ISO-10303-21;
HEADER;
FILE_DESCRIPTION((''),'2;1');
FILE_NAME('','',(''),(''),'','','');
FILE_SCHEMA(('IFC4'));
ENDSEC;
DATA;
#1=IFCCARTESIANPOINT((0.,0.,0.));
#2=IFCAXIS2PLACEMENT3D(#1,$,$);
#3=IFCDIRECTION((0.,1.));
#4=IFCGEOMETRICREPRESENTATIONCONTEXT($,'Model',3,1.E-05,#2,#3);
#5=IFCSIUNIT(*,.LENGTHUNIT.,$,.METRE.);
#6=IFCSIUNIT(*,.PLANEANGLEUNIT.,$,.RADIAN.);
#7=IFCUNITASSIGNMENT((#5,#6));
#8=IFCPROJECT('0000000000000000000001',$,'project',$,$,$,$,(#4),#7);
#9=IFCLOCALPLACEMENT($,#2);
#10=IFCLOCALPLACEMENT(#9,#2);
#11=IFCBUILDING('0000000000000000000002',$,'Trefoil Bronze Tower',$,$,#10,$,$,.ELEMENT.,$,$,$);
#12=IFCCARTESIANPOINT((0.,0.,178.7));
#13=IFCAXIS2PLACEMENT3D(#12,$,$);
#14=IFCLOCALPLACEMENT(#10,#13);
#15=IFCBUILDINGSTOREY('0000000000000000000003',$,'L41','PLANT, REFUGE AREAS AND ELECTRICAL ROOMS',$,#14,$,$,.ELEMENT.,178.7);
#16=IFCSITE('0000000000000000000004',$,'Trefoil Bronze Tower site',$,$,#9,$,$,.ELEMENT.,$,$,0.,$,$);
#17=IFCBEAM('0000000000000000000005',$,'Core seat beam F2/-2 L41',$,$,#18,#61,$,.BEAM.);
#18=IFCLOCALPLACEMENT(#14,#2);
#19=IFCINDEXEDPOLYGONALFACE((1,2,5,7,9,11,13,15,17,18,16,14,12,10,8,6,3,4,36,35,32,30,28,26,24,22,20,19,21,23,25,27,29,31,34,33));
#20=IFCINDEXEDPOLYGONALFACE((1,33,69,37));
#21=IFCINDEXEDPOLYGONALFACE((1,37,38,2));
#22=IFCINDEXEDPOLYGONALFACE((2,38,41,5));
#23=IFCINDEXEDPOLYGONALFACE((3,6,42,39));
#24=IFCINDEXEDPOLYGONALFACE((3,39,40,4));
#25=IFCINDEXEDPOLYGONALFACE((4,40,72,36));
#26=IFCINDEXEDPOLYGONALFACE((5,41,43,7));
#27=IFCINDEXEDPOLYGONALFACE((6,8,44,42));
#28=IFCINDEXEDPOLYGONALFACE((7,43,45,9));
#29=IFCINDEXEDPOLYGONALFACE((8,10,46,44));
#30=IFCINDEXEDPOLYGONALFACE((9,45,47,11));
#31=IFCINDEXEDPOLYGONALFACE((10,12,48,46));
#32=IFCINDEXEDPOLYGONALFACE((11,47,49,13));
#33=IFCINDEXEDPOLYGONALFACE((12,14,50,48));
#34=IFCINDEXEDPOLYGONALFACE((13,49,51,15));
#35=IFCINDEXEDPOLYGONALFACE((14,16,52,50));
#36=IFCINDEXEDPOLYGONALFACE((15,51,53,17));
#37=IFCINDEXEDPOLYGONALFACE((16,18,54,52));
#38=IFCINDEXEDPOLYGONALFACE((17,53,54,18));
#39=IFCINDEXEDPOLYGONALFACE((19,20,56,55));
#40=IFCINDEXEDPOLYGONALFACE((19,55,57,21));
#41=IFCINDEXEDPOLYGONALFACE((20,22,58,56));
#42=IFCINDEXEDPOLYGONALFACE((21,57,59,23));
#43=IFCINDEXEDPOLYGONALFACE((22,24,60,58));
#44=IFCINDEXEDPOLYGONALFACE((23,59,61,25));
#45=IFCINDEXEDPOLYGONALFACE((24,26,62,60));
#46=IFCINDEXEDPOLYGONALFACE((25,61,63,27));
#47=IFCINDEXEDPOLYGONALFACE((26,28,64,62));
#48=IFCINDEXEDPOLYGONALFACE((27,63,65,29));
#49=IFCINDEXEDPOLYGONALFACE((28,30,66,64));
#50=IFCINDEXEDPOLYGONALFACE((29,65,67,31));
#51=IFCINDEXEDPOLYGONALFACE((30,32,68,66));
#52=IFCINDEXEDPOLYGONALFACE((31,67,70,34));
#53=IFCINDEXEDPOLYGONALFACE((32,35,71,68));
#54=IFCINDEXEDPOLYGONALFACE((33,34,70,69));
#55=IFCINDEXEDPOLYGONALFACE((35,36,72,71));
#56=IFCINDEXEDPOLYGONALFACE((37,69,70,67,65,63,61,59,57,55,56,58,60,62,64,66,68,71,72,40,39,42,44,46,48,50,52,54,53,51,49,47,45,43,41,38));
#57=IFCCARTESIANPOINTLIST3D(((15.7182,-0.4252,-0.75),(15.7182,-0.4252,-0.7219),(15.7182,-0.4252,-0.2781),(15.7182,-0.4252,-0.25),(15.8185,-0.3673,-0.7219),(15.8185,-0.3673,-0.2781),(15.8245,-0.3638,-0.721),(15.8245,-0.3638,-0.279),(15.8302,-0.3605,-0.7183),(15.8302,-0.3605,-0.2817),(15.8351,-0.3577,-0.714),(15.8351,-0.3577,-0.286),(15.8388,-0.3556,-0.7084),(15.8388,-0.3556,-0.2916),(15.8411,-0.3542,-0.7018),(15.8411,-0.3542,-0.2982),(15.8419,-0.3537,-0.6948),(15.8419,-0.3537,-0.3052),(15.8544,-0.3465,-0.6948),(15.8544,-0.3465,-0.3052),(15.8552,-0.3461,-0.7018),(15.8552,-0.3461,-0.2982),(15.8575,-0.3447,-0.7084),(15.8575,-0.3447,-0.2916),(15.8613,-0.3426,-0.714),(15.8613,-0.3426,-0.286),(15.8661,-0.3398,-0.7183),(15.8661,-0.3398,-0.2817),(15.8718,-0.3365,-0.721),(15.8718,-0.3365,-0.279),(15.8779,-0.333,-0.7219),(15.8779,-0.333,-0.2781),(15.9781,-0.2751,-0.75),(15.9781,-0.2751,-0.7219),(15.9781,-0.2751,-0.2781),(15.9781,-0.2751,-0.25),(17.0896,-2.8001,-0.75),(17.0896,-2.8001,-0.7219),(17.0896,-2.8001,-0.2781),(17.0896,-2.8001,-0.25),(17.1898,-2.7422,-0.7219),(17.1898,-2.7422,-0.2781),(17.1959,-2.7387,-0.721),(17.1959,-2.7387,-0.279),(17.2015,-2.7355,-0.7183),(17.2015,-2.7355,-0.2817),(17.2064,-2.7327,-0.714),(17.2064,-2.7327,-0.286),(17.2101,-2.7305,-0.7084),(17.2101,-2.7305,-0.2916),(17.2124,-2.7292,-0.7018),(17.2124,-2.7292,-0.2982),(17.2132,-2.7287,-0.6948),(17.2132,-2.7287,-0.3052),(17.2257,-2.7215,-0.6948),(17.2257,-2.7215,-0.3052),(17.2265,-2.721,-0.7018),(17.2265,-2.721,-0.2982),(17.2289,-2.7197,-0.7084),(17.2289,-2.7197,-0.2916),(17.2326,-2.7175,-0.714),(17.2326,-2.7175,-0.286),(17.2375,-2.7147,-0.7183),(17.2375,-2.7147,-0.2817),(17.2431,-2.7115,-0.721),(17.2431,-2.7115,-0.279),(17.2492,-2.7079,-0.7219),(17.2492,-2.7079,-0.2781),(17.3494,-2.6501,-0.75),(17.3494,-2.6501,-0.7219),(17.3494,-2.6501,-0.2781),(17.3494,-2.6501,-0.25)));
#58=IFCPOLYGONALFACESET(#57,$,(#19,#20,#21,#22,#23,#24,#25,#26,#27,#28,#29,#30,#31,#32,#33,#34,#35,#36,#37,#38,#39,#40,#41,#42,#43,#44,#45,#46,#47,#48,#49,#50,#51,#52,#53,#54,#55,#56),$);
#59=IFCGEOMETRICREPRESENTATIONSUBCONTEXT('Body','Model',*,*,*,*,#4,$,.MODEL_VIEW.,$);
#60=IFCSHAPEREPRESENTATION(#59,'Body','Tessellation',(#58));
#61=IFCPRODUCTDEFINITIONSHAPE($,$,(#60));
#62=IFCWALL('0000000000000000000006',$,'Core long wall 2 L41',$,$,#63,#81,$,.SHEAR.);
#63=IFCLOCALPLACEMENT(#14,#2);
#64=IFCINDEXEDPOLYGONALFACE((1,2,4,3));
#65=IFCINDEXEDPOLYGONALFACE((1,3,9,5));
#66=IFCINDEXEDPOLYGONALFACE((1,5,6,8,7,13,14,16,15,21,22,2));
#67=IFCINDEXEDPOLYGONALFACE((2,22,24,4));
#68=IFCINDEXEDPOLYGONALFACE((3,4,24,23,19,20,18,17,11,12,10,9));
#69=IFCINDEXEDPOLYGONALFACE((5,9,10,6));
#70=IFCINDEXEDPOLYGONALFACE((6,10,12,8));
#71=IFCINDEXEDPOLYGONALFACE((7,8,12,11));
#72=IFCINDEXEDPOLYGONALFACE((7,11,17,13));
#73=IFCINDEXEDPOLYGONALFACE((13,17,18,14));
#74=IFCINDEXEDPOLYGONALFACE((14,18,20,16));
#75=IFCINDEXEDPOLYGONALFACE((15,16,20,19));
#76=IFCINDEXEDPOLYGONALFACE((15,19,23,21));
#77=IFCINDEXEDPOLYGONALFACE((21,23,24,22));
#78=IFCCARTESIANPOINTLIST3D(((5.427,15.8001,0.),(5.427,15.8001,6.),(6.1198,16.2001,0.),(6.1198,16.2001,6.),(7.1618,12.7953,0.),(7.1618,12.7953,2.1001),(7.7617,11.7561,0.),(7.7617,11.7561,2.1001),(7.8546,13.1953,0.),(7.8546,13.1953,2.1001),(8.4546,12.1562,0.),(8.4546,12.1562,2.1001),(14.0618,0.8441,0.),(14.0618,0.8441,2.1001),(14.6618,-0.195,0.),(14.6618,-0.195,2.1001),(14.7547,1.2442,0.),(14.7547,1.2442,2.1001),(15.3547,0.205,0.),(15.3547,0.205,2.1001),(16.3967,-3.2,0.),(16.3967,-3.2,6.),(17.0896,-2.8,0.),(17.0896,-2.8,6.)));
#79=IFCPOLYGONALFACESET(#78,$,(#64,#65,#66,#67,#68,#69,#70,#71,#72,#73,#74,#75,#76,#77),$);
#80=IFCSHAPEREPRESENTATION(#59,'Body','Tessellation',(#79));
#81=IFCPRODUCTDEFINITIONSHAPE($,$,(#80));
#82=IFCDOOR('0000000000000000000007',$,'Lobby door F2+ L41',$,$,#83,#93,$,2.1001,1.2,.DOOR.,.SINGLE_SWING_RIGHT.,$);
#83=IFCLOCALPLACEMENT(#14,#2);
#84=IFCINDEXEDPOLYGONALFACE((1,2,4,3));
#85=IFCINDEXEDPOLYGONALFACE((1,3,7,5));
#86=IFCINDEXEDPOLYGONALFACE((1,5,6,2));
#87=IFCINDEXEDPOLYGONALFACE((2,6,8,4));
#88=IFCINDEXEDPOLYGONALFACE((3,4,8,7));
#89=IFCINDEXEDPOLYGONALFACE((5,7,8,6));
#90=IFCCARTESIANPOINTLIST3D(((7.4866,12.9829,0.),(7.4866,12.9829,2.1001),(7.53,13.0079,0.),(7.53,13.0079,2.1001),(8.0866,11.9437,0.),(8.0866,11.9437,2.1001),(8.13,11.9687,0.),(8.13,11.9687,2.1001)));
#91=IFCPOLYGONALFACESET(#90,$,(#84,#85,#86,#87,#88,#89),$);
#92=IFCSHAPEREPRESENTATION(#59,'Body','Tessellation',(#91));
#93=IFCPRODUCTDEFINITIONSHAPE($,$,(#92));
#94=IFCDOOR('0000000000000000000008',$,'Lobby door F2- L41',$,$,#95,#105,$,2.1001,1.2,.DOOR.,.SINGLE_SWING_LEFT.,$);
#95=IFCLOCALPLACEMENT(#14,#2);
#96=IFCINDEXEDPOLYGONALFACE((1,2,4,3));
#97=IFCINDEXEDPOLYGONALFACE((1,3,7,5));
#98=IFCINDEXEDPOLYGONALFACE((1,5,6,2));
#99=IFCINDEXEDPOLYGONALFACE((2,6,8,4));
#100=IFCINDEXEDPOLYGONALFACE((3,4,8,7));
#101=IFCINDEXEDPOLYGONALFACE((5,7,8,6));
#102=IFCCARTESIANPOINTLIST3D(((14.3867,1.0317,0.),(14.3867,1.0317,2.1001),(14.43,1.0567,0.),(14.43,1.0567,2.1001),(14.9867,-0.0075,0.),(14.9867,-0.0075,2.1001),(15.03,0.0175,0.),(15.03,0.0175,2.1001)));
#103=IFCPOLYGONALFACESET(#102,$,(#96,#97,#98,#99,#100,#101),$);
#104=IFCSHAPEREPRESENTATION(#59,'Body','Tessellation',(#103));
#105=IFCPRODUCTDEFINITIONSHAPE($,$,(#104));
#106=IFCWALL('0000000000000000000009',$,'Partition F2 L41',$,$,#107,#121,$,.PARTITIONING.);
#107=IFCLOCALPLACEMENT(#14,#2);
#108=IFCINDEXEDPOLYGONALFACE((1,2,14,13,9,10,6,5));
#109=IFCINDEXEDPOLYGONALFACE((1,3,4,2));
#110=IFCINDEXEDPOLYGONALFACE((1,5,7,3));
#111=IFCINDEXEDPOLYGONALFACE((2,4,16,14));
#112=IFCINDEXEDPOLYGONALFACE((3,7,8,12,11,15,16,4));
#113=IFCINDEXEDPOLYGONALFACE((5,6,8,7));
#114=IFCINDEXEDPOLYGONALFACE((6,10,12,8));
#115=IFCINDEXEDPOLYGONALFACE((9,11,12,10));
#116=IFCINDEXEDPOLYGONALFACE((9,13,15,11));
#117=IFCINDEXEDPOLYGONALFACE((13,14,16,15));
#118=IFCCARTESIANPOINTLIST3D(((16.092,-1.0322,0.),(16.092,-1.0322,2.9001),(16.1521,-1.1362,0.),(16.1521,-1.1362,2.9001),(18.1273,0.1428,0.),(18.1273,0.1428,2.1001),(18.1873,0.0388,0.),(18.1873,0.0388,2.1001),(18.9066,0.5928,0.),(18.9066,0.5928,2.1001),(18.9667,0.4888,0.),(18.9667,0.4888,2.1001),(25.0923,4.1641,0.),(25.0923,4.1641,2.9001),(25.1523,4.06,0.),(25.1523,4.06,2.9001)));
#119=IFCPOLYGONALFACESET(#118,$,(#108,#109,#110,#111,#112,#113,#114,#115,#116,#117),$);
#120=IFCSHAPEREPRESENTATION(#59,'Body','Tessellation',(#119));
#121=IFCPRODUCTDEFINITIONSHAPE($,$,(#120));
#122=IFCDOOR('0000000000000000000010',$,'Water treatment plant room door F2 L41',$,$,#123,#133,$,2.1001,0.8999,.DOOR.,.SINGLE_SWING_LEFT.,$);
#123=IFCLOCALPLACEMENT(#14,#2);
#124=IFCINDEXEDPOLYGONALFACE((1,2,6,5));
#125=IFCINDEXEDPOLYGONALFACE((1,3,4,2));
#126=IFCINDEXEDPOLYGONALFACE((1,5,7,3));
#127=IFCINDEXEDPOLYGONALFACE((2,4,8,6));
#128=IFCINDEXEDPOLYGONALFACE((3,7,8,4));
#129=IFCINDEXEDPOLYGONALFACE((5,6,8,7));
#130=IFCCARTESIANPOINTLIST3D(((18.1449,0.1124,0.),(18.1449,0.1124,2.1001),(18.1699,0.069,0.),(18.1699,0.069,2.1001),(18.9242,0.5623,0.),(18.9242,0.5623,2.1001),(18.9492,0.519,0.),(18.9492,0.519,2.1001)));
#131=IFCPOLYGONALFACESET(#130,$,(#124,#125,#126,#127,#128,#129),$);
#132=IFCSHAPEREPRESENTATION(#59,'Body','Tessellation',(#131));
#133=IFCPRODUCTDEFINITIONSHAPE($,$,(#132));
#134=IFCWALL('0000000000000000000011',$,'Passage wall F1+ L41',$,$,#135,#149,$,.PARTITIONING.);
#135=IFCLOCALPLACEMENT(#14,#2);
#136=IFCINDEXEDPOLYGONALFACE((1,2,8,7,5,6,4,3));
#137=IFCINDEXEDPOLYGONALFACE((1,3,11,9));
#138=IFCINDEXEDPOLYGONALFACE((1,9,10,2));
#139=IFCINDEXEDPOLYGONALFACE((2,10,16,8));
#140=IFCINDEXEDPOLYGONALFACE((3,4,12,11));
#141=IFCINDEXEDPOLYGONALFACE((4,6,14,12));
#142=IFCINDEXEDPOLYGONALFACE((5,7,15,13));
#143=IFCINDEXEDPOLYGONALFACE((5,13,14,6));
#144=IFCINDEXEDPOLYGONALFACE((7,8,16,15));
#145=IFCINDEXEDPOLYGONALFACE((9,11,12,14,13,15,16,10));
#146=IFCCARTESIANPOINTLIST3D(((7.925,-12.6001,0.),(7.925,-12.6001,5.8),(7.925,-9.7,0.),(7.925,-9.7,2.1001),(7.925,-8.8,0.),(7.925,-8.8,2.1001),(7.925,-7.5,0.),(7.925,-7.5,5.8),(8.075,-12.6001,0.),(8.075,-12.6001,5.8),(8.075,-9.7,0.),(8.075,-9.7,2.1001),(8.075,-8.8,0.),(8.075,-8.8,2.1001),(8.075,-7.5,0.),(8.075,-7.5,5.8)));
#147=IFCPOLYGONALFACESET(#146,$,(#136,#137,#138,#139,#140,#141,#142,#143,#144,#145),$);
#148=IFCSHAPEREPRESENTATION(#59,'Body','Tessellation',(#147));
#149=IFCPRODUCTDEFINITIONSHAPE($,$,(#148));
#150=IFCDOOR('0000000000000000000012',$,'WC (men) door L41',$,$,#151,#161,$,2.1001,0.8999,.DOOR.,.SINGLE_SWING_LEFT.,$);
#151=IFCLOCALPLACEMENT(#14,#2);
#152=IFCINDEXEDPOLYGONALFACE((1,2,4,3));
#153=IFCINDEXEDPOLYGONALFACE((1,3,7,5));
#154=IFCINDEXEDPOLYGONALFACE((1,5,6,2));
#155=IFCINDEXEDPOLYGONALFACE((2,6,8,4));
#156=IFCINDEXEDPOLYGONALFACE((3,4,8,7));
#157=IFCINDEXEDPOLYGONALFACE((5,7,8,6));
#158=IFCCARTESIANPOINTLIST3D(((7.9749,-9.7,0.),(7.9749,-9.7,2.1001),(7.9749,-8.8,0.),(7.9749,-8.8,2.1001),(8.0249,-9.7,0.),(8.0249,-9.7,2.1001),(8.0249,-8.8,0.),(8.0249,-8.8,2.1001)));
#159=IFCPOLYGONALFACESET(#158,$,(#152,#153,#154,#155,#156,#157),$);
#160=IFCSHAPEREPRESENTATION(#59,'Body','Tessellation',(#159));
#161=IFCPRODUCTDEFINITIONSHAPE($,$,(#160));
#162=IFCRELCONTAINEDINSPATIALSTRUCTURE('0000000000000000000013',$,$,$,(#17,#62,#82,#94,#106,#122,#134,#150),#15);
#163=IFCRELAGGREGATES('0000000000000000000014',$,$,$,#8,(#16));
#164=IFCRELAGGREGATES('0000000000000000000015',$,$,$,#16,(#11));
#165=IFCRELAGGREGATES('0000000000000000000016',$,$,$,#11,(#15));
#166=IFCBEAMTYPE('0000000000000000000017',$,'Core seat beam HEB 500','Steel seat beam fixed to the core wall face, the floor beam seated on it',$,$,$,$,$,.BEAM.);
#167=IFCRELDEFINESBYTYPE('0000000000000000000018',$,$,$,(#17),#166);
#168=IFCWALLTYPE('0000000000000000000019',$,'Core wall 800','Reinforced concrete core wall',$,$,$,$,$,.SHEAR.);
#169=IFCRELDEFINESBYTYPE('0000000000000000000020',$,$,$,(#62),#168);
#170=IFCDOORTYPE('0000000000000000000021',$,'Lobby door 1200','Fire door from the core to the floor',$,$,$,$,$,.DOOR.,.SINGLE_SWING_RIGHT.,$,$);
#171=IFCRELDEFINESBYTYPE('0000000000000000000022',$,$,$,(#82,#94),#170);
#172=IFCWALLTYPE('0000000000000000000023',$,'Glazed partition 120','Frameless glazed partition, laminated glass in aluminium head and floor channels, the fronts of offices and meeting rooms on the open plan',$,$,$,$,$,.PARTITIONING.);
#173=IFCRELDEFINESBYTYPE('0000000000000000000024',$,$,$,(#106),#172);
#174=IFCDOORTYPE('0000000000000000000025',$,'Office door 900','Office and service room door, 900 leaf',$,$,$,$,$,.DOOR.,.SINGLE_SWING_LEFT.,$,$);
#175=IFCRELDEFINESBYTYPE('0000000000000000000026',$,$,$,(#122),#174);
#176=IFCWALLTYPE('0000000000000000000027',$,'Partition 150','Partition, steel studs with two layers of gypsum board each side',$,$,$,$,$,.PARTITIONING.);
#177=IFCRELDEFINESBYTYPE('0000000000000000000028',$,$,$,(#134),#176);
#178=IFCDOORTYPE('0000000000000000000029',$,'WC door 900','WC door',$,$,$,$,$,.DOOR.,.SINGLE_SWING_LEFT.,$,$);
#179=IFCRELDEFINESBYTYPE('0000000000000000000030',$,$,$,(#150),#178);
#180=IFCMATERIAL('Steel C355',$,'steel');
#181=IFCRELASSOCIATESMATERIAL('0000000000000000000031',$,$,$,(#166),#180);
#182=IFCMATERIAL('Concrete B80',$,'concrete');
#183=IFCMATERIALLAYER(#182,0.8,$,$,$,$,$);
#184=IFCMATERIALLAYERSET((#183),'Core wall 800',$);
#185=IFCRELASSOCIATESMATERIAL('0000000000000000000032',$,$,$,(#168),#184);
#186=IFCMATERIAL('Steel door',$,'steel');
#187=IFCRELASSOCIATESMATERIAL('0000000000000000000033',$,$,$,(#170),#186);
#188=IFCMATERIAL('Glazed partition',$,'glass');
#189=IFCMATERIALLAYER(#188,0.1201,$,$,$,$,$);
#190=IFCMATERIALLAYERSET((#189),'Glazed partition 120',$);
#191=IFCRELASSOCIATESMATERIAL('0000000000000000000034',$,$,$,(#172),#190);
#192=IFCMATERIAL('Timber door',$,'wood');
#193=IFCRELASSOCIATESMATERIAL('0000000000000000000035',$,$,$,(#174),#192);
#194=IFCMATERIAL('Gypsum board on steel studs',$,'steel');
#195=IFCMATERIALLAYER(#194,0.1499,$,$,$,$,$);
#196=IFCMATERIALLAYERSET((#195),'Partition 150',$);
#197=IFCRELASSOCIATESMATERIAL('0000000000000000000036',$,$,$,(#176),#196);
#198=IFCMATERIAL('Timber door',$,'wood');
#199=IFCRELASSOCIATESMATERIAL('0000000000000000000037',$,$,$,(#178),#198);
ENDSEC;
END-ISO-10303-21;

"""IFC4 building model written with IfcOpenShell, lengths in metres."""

from ifc_helpers import new_model, si_unit, direction, frame, frame_2d, origin, origin_2d, place, context, subcontext, project, spatial, rectangle, i_section, extrude, material, layer, layer_set, material_profile, profile_set, type_object, element, fill, save


model = new_model("IFC4")

# Units and contexts
model_context = context("Model", 3, precision=1e-05, world=origin(), true_north=direction((0.0, 1.0)))
body_context = subcontext(model_context, "Body", "Model", "MODEL_VIEW")
ifc_project = project(units=[si_unit("LENGTHUNIT", "METRE"), si_unit("PLANEANGLEUNIT", "RADIAN")], contexts=[model_context])

# Site, building, storey
site_placement = place(None, origin())
site = spatial("IfcSite", under=ifc_project, at=site_placement, Name="Trefoil Bronze Tower site", CompositionType="ELEMENT", RefElevation=0.0)
building_placement = place(site_placement, origin())
building = spatial("IfcBuilding", under=site, at=building_placement, Name="Trefoil Bronze Tower", CompositionType="ELEMENT")
storey_placement = place(building_placement, frame((0.0, 0.0, 178.7)))
storey = spatial("IfcBuildingStorey", under=building, at=storey_placement, Name="L41", Description="PLANT, REFUGE AREAS AND ELECTRICAL ROOMS", CompositionType="ELEMENT", Elevation=178.7)

# Beam
ifc_material_1 = material(Name="Steel C355", Category="steel")
ifc_material_profile = material_profile(ifc_material_1, i_section(OverallWidth=0.3, OverallDepth=0.5, WebThickness=0.0144, FlangeThickness=0.0281, FilletRadius=0.0271, at=origin_2d()), Name="HEB 500")
ifc_profile_set = profile_set([ifc_material_profile], Name="Steel C355")
beam_type = type_object("IfcBeamType", Name="Core seat beam HEB 500", Description="Steel seat beam fixed to the core wall face, the floor beam seated on it", PredefinedType="BEAM", material=ifc_profile_set)
beam_placement = place(storey_placement, frame((17.2195, -2.7251, -0.5), z_axis=(-0.500036, 0.866005, 0.0), x_axis=(-0.866005, -0.500036, 0.0)))
element("IfcBeam", 1, at=beam_placement, inside=storey, type_object=beam_type, Name="Core seat beam F2/-2 L41", PredefinedType="BEAM", context=body_context, shape_type="SweptSolid", body=[
    extrude(i_section(OverallWidth=0.3, OverallDepth=0.5, WebThickness=0.0144, FlangeThickness=0.0281, FilletRadius=0.0271, at=origin_2d()), origin(), (0.0, 0.0, 1.0), 2.7424),
])

# Wall, openings, doors
ifc_material_2 = material(Name="Concrete B80", Category="concrete")
ifc_layer_1 = layer(ifc_material_2, 0.8)
ifc_layer_set_1 = layer_set([ifc_layer_1], Name="Core wall 800")
wall_type_1 = type_object("IfcWallType", Name="Core wall 800", Description="Reinforced concrete core wall", PredefinedType="SHEAR", material=ifc_layer_set_1)
wall_1_placement = place(storey_placement, frame((16.7432, -3.0, 0.0), z_axis=(0.0, 0.0, 1.0), x_axis=(-0.500002, 0.866024, 0.0)))
wall_1 = element("IfcWall", 2, at=wall_1_placement, inside=storey, type_object=wall_type_1, Name="Core long wall 2 L41", PredefinedType="SHEAR", context=body_context, shape_type="SweptSolid", body=[
    extrude(rectangle(XDim=21.9395, YDim=0.8, at=frame_2d((10.9697, 0.0))), origin(), (0.0, 0.0, 1.0), 6.0),
])
opening_1_placement = place(wall_1_placement, frame((17.2698, 0.0, 0.0)))
opening_1 = element("IfcOpeningElement", 3, at=opening_1_placement, cuts=wall_1, PredefinedType="OPENING", context=body_context, shape_type="SweptSolid", body=[
    extrude(rectangle(XDim=1.2, YDim=2.1001, at=frame_2d((0.6001, 1.05))), frame((0.0, 0.4099, 0.0), z_axis=(0.0, -1.0, 0.0), x_axis=(1.0, 0.0, 0.0)), (0.0, 0.0, 1.0), 0.8201),
])
opening_2_placement = place(wall_1_placement, frame((3.4697, 0.0, 0.0)))
opening_2 = element("IfcOpeningElement", 4, at=opening_2_placement, cuts=wall_1, PredefinedType="OPENING", context=body_context, shape_type="SweptSolid", body=[
    extrude(rectangle(XDim=1.2, YDim=2.1001, at=frame_2d((0.6001, 1.05))), frame((0.0, 0.4099, 0.0), z_axis=(0.0, -1.0, 0.0), x_axis=(1.0, 0.0, 0.0)), (0.0, 0.0, 1.0), 0.8201),
])
ifc_material_3 = material(Name="Steel door", Category="steel")
door_type_1 = type_object("IfcDoorType", Name="Lobby door 1200", Description="Fire door from the core to the floor", OperationType="SINGLE_SWING_RIGHT", PredefinedType="DOOR", material=ifc_material_3)
door_1_placement = place(opening_1_placement, origin())
door_1 = element("IfcDoor", 5, at=door_1_placement, inside=storey, type_object=door_type_1, Name="Lobby door F2+ L41", OperationType="SINGLE_SWING_RIGHT", OverallHeight=2.1001, OverallWidth=1.2, PredefinedType="DOOR", context=body_context, shape_type="SweptSolid", body=[
    extrude(rectangle(XDim=1.2, YDim=2.1001, at=frame_2d((0.6001, 1.05))), frame((0.0, 0.0249, 0.0), z_axis=(0.0, -1.0, 0.0), x_axis=(1.0, 0.0, 0.0)), (0.0, 0.0, 1.0), 0.05),
])
fill(opening_1, door_1)
door_2_placement = place(opening_2_placement, origin())
door_2 = element("IfcDoor", 6, at=door_2_placement, inside=storey, type_object=door_type_1, Name="Lobby door F2- L41", OperationType="SINGLE_SWING_LEFT", OverallHeight=2.1001, OverallWidth=1.2, PredefinedType="DOOR", context=body_context, shape_type="SweptSolid", body=[
    extrude(rectangle(XDim=1.2, YDim=2.1001, at=frame_2d((0.6001, 1.05))), frame((0.0, 0.0249, 0.0), z_axis=(0.0, -1.0, 0.0), x_axis=(1.0, 0.0, 0.0)), (0.0, 0.0, 1.0), 0.05),
])
fill(opening_2, door_2)

# Walls, openings, doors
ifc_material_4 = material(Name="Glazed partition", Category="glass")
ifc_layer_2 = layer(ifc_material_4, 0.1201)
ifc_layer_set_2 = layer_set([ifc_layer_2], Name="Glazed partition 120")
wall_type_2 = type_object("IfcWallType", Name="Glazed partition 120", Description="Frameless glazed partition, laminated glass in aluminium head and floor channels, the fronts of offices and meeting rooms on the open plan", PredefinedType="PARTITIONING", material=ifc_layer_set_2)
wall_2_placement = place(storey_placement, frame((16.1221, -1.0842, 0.0), z_axis=(0.0, 0.0, 1.0), x_axis=(0.866026, 0.5, 0.0)))
wall_2 = element("IfcWall", 7, at=wall_2_placement, inside=storey, type_object=wall_type_2, Name="Partition F2 L41", PredefinedType="PARTITIONING", context=body_context, shape_type="SweptSolid", body=[
    extrude(rectangle(XDim=10.3926, YDim=0.1201, at=frame_2d((5.1963, 0.0))), origin(), (0.0, 0.0, 1.0), 2.9001),
])
opening_3_placement = place(wall_2_placement, frame((2.3501, 0.0, 0.0)))
opening_3 = element("IfcOpeningElement", 8, at=opening_3_placement, cuts=wall_2, PredefinedType="OPENING", context=body_context, shape_type="SweptSolid", body=[
    extrude(rectangle(XDim=0.8999, YDim=2.1001, at=frame_2d((0.45, 1.05))), frame((0.0, 0.0701, 0.0), z_axis=(0.0, -1.0, 0.0), x_axis=(1.0, 0.0, 0.0)), (0.0, 0.0, 1.0), 0.1401),
])
ifc_material_5 = material(Name="Timber door", Category="wood")
door_type_2 = type_object("IfcDoorType", Name="Office door 900", Description="Office and service room door, 900 leaf", OperationType="SINGLE_SWING_LEFT", PredefinedType="DOOR", material=ifc_material_5)
door_3_placement = place(opening_3_placement, origin())
door_3 = element("IfcDoor", 9, at=door_3_placement, inside=storey, type_object=door_type_2, Name="Water treatment plant room door F2 L41", OperationType="SINGLE_SWING_LEFT", OverallHeight=2.1001, OverallWidth=0.8999, PredefinedType="DOOR", context=body_context, shape_type="SweptSolid", body=[
    extrude(rectangle(XDim=0.8999, YDim=2.1001, at=frame_2d((0.45, 1.05))), frame((0.0, 0.0249, 0.0), z_axis=(0.0, -1.0, 0.0), x_axis=(1.0, 0.0, 0.0)), (0.0, 0.0, 1.0), 0.05),
])
fill(opening_3, door_3)
ifc_material_6 = material(Name="Gypsum board on steel studs", Category="steel")
ifc_layer_3 = layer(ifc_material_6, 0.1499)
ifc_layer_set_3 = layer_set([ifc_layer_3], Name="Partition 150")
wall_type_3 = type_object("IfcWallType", Name="Partition 150", Description="Partition, steel studs with two layers of gypsum board each side", PredefinedType="PARTITIONING", material=ifc_layer_set_3)
wall_3_placement = place(storey_placement, frame((8.0, -7.5, 0.0), z_axis=(0.0, 0.0, 1.0), x_axis=(0.0, -1.0, 0.0)))
wall_3 = element("IfcWall", 10, at=wall_3_placement, inside=storey, type_object=wall_type_3, Name="Passage wall F1+ L41", PredefinedType="PARTITIONING", context=body_context, shape_type="SweptSolid", body=[
    extrude(rectangle(XDim=5.1001, YDim=0.1499, at=frame_2d((2.55, 0.0))), origin(), (0.0, 0.0, 1.0), 5.8),
])
opening_4_placement = place(wall_3_placement, frame((1.3, 0.0, 0.0)))
opening_4 = element("IfcOpeningElement", 11, at=opening_4_placement, cuts=wall_3, PredefinedType="OPENING", context=body_context, shape_type="SweptSolid", body=[
    extrude(rectangle(XDim=0.8999, YDim=2.1001, at=frame_2d((0.45, 1.05))), frame((0.0, 0.085, 0.0), z_axis=(0.0, -1.0, 0.0), x_axis=(1.0, 0.0, 0.0)), (0.0, 0.0, 1.0), 0.1699),
])
ifc_material_7 = material(Name="Timber door", Category="wood")
door_type_3 = type_object("IfcDoorType", Name="WC door 900", Description="WC door", OperationType="SINGLE_SWING_LEFT", PredefinedType="DOOR", material=ifc_material_7)
door_4_placement = place(opening_4_placement, origin())
door_4 = element("IfcDoor", 12, at=door_4_placement, inside=storey, type_object=door_type_3, Name="WC (men) door L41", OperationType="SINGLE_SWING_LEFT", OverallHeight=2.1001, OverallWidth=0.8999, PredefinedType="DOOR", context=body_context, shape_type="SweptSolid", body=[
    extrude(rectangle(XDim=0.8999, YDim=2.1001, at=frame_2d((0.45, 1.05))), frame((0.0, 0.0249, 0.0), z_axis=(0.0, -1.0, 0.0), x_axis=(1.0, 0.0, 0.0)), (0.0, 0.0, 1.0), 0.05),
])
fill(opening_4, door_4)

save(model, "model.ifc")
